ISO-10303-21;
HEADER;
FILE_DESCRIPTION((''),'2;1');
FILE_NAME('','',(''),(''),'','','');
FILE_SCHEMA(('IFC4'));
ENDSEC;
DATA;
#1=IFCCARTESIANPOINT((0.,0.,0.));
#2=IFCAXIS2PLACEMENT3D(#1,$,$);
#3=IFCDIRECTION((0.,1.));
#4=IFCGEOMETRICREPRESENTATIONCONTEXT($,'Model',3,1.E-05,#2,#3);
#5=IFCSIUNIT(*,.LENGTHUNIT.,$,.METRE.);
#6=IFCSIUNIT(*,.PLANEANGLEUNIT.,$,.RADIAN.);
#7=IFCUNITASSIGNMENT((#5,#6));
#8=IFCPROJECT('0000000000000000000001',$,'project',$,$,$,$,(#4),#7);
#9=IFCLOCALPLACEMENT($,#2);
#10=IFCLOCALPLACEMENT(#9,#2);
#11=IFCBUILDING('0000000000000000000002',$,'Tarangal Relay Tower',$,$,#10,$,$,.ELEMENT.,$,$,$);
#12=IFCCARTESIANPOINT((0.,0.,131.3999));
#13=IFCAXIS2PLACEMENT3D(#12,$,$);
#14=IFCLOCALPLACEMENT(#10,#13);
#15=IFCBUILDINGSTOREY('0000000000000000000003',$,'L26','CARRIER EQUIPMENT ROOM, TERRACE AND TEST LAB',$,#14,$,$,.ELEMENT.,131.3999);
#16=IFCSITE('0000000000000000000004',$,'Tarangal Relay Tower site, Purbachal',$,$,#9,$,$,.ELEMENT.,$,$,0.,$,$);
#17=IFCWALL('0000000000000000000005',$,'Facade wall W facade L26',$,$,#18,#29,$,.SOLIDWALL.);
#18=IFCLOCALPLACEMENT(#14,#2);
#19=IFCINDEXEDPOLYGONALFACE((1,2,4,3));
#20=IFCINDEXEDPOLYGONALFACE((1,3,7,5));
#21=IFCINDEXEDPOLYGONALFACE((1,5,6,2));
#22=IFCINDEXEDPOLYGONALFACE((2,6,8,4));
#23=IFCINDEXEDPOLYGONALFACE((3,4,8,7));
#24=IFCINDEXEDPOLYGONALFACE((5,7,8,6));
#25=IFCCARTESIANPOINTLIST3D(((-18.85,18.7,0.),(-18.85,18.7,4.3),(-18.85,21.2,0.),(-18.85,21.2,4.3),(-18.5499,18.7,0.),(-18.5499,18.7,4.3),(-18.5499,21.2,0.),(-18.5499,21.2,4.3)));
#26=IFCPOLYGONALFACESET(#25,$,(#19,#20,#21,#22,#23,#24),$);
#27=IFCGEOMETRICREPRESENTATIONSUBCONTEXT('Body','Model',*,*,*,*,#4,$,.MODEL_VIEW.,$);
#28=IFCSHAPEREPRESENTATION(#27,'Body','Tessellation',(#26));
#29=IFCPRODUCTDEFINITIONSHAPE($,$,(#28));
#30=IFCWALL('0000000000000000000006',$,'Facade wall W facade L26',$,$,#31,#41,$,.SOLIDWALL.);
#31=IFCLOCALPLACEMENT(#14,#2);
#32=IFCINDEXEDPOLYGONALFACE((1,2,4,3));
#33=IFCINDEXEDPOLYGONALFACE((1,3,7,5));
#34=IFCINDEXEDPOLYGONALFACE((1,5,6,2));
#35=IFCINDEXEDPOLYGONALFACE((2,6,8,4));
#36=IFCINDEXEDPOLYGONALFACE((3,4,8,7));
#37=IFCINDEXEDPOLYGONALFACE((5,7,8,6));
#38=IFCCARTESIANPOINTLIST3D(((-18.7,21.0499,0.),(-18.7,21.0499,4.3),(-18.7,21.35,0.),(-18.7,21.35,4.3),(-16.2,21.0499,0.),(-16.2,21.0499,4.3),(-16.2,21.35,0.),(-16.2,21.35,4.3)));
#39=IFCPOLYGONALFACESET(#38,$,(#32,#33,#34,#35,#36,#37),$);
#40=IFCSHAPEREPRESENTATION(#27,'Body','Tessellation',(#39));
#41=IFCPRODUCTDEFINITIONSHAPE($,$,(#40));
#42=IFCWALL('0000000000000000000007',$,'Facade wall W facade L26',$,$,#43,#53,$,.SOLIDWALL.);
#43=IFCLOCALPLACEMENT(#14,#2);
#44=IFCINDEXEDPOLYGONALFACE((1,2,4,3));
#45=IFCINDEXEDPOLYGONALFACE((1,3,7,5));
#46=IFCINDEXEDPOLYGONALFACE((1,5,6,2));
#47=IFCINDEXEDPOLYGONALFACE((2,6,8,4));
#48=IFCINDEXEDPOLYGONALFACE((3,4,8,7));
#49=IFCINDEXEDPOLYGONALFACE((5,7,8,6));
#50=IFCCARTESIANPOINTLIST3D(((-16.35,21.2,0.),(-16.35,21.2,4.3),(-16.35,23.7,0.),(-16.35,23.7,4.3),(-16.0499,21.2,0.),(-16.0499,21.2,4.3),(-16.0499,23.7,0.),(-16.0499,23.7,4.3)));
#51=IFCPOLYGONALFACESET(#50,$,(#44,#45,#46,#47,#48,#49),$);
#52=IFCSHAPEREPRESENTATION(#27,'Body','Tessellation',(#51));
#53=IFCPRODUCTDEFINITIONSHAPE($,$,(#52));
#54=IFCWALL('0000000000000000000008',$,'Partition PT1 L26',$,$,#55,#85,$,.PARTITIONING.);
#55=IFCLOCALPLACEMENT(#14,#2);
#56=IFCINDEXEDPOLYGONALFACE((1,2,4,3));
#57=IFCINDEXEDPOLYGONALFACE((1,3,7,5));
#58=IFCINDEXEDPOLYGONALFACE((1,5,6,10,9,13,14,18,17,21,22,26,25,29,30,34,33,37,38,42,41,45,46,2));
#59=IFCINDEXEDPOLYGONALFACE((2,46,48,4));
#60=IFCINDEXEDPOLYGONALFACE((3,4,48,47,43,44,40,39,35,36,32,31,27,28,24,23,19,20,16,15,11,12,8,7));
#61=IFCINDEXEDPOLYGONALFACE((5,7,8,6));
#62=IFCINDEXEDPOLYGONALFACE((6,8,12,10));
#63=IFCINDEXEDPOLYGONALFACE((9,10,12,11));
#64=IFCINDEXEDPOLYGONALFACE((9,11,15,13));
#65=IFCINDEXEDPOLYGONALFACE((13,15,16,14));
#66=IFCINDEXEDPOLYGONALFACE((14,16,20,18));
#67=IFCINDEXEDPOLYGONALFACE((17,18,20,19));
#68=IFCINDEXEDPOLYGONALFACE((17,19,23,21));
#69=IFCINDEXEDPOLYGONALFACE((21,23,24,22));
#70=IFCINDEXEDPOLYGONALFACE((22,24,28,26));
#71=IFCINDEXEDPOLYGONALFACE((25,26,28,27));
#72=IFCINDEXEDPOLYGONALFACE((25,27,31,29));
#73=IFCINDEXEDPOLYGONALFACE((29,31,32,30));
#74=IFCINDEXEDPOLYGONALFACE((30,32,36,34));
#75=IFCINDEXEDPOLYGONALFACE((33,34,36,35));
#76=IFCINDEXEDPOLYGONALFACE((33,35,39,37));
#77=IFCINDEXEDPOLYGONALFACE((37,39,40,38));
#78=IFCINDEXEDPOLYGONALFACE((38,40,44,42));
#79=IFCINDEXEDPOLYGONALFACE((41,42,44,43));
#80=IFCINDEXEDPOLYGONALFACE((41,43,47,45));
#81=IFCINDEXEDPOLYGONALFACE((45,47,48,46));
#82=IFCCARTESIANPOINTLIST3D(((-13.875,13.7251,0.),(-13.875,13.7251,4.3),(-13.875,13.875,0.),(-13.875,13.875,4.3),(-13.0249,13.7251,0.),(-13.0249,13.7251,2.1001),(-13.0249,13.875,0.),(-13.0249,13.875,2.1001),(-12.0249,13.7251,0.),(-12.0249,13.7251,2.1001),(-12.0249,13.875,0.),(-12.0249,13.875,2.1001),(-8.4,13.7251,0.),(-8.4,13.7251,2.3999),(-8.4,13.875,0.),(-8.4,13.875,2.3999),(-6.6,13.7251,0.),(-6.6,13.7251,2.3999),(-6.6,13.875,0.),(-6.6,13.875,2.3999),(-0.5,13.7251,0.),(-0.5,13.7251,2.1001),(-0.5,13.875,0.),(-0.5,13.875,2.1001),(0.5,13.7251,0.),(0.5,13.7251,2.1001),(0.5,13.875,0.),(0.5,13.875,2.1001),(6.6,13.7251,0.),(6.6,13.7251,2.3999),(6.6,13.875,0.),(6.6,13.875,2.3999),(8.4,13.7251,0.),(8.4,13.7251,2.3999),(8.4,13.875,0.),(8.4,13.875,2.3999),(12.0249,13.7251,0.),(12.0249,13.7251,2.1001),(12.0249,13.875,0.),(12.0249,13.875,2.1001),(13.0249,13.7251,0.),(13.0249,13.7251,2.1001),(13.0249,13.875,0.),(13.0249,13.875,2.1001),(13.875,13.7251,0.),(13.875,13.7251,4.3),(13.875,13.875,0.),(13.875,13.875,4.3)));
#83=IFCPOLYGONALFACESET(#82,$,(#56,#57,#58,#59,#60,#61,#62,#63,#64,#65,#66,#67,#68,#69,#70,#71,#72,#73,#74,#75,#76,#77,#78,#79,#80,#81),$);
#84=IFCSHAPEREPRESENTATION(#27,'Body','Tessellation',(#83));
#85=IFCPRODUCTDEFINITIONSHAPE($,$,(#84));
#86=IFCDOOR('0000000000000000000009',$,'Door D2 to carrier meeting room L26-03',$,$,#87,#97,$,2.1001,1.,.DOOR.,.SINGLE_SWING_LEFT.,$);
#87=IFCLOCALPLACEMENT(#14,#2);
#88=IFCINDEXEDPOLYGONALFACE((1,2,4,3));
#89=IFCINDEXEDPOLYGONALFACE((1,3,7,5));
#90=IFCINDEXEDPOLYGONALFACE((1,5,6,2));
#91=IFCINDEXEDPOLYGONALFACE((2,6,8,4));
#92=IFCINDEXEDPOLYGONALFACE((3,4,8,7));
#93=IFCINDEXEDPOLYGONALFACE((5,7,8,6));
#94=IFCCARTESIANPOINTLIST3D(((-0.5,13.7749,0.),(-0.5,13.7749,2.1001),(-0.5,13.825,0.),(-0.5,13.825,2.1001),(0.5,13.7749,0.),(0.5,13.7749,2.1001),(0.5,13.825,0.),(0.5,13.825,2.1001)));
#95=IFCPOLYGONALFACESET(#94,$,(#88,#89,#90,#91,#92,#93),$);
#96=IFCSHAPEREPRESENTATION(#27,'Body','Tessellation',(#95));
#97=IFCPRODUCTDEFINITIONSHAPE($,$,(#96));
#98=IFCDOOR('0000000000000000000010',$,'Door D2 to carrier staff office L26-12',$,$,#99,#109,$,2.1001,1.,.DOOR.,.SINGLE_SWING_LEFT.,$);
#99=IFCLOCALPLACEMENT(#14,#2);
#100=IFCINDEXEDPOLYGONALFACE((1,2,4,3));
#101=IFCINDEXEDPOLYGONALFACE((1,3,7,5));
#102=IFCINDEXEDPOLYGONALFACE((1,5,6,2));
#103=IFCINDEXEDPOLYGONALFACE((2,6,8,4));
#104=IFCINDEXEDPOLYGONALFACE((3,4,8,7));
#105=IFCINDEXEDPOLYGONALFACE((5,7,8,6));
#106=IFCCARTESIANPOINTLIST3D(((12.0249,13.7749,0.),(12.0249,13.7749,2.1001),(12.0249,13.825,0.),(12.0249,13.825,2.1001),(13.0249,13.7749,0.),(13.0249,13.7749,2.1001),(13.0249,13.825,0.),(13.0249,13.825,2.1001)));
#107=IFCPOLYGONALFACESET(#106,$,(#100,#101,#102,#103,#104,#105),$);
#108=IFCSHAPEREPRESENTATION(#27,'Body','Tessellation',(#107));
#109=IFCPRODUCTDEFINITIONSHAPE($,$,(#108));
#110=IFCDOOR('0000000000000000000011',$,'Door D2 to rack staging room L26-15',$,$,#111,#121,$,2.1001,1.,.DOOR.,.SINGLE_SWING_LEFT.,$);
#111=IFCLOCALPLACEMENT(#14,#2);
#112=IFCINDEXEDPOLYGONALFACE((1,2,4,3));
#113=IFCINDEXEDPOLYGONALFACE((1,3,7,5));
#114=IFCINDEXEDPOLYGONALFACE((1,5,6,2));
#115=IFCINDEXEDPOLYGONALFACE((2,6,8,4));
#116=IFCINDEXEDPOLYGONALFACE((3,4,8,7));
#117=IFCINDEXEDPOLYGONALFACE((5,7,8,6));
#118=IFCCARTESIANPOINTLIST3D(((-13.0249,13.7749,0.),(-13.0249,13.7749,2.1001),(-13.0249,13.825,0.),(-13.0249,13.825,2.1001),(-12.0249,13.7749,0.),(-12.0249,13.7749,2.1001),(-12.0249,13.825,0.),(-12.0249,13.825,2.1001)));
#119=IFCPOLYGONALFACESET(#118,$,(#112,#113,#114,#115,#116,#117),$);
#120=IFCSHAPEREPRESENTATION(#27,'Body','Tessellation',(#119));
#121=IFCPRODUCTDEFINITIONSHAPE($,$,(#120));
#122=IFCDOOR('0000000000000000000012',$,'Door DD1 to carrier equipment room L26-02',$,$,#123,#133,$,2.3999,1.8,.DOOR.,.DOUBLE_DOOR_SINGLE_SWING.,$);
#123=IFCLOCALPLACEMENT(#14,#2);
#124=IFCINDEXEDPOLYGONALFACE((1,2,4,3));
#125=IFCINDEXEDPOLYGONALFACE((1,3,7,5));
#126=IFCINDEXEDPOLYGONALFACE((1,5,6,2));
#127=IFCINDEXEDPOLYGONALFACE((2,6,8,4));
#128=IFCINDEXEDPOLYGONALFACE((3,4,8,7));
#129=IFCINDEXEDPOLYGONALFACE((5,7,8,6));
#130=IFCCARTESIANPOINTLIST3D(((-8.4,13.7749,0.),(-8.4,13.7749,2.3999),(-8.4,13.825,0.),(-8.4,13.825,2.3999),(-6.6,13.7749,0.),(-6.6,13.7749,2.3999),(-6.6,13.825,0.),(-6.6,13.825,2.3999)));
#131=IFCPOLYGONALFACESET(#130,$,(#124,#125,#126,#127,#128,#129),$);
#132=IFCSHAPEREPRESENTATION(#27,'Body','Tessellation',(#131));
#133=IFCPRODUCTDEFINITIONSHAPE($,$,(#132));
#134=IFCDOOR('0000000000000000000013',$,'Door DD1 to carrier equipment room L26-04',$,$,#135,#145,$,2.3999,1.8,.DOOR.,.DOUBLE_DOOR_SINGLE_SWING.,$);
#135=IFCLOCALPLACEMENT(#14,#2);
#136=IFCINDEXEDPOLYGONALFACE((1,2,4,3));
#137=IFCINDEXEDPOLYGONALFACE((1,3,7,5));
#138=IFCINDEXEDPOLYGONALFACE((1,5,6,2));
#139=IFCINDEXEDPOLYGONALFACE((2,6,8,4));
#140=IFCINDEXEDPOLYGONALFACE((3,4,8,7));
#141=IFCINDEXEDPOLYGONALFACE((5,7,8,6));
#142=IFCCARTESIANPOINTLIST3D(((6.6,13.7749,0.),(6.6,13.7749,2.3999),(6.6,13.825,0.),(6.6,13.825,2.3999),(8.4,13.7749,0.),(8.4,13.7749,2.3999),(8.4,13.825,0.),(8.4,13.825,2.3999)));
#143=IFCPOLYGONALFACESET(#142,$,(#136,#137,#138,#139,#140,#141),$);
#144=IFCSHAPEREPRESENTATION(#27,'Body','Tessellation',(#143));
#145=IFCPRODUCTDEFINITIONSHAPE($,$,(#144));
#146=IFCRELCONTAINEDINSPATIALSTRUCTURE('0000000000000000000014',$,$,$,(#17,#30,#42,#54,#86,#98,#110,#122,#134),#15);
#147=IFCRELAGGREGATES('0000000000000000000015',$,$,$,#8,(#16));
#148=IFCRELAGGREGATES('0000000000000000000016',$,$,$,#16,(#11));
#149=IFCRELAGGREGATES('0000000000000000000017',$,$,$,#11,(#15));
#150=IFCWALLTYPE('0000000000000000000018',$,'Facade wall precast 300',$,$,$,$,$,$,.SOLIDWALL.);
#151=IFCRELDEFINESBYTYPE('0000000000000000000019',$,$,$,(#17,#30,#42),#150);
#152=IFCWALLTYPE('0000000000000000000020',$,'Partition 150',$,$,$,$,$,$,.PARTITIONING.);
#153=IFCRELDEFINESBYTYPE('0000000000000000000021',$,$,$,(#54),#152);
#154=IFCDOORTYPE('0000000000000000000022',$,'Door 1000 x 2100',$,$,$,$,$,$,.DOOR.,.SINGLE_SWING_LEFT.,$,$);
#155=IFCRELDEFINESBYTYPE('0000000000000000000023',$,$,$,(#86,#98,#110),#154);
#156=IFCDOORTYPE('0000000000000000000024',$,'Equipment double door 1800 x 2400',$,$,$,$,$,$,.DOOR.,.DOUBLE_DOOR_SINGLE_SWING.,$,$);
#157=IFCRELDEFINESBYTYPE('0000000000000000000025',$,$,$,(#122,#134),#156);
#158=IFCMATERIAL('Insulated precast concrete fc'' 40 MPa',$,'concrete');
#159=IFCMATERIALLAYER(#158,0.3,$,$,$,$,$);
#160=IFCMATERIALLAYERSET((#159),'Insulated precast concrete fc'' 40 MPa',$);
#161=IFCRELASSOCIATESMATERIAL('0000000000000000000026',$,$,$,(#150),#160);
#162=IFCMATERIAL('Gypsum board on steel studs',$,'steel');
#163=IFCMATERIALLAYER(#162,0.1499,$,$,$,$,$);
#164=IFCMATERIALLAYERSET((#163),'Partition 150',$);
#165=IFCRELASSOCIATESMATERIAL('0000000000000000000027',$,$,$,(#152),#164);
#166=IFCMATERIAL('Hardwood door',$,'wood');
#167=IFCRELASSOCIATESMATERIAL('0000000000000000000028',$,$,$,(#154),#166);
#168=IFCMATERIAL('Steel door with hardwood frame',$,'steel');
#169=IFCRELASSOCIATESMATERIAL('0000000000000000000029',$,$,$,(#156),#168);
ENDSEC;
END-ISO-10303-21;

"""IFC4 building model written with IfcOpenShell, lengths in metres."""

from ifc_helpers import new_model, si_unit, direction, frame, frame_2d, origin, place, context, subcontext, project, spatial, rectangle, extrude, material, layer, layer_set, type_object, element, fill, save


model = new_model("IFC4")

# Units and contexts
model_context = context("Model", 3, precision=1e-05, world=origin(), true_north=direction((0.0, 1.0)))
body_context = subcontext(model_context, "Body", "Model", "MODEL_VIEW")
ifc_project = project(units=[si_unit("LENGTHUNIT", "METRE"), si_unit("PLANEANGLEUNIT", "RADIAN")], contexts=[model_context])

# Site, building, storey
site_placement = place(None, origin())
site = spatial("IfcSite", under=ifc_project, at=site_placement, Name="Tarangal Relay Tower site, Purbachal", CompositionType="ELEMENT", RefElevation=0.0)
building_placement = place(site_placement, origin())
building = spatial("IfcBuilding", under=site, at=building_placement, Name="Tarangal Relay Tower", CompositionType="ELEMENT")
storey_placement = place(building_placement, frame((0.0, 0.0, 131.3999)))
storey = spatial("IfcBuildingStorey", under=building, at=storey_placement, Name="L26", Description="CARRIER EQUIPMENT ROOM, TERRACE AND TEST LAB", CompositionType="ELEMENT", Elevation=131.3999)

# Shared definitions
ifc_material_1 = material(Name="Insulated precast concrete fc' 40 MPa", Category="concrete")
ifc_layer_1 = layer(ifc_material_1, 0.3)
ifc_layer_set_1 = layer_set([ifc_layer_1], Name="Insulated precast concrete fc' 40 MPa")
wall_type_1 = type_object("IfcWallType", Name="Facade wall precast 300", PredefinedType="SOLIDWALL", material=ifc_layer_set_1)

# Walls
for number, where, z_axis, x_axis, name in (
    (1, (-18.7, 18.7, 0.0), (0.0, 0.0, 1.0), (0.0, 1.0, 0.0), "Facade wall W facade L26"),
    (2, (-18.7, 21.2, 0.0), (0.0, 0.0, 1.0), (1.0, 0.0, 0.0), "Facade wall W facade L26"),
    (3, (-16.2, 21.2, 0.0), (0.0, 0.0, 1.0), (0.0, 1.0, 0.0), "Facade wall W facade L26"),
):
    element("IfcWall", number, at=place(storey_placement, frame(where, z_axis=z_axis, x_axis=x_axis)), inside=storey, type_object=wall_type_1, Name=name, PredefinedType="SOLIDWALL", context=body_context, shape_type="SweptSolid", body=[
        extrude(rectangle(XDim=2.5, YDim=0.3, at=frame_2d((1.25, 0.0))), origin(), (0.0, 0.0, 1.0), 4.3),
    ])

# Wall, openings, doors
ifc_material_2 = material(Name="Gypsum board on steel studs", Category="steel")
ifc_layer_2 = layer(ifc_material_2, 0.1499)
ifc_layer_set_2 = layer_set([ifc_layer_2], Name="Partition 150")
wall_type_2 = type_object("IfcWallType", Name="Partition 150", PredefinedType="PARTITIONING", material=ifc_layer_set_2)
wall_1_placement = place(storey_placement, frame((-13.875, 13.8, 0.0), z_axis=(0.0, 0.0, 1.0), x_axis=(1.0, 0.0, 0.0)))
wall_1 = element("IfcWall", 4, at=wall_1_placement, inside=storey, type_object=wall_type_2, Name="Partition PT1 L26", PredefinedType="PARTITIONING", context=body_context, shape_type="SweptSolid", body=[
    extrude(rectangle(XDim=27.75, YDim=0.1499, at=frame_2d((13.875, 0.0))), origin(), (0.0, 0.0, 1.0), 4.3),
])
opening_1_placement = place(wall_1_placement, frame((5.4751, 0.0, 0.0)))
opening_1 = element("IfcOpeningElement", 5, at=opening_1_placement, cuts=wall_1, PredefinedType="OPENING", context=body_context, shape_type="SweptSolid", body=[
    extrude(rectangle(XDim=1.8, YDim=2.3999, at=frame_2d((0.8999, 1.2))), frame((0.0, 0.085, 0.0), z_axis=(0.0, -1.0, 0.0), x_axis=(1.0, 0.0, 0.0)), (0.0, 0.0, 1.0), 0.1699),
])
opening_2_placement = place(wall_1_placement, frame((13.375, 0.0, 0.0)))
opening_2 = element("IfcOpeningElement", 6, at=opening_2_placement, cuts=wall_1, PredefinedType="OPENING", context=body_context, shape_type="SweptSolid", body=[
    extrude(rectangle(XDim=1.0, YDim=2.1001, at=frame_2d((0.5, 1.05))), frame((0.0, 0.085, 0.0), z_axis=(0.0, -1.0, 0.0), x_axis=(1.0, 0.0, 0.0)), (0.0, 0.0, 1.0), 0.1699),
])
opening_3_placement = place(wall_1_placement, frame((20.4751, 0.0, 0.0)))
opening_3 = element("IfcOpeningElement", 7, at=opening_3_placement, cuts=wall_1, PredefinedType="OPENING", context=body_context, shape_type="SweptSolid", body=[
    extrude(rectangle(XDim=1.8, YDim=2.3999, at=frame_2d((0.8999, 1.2))), frame((0.0, 0.085, 0.0), z_axis=(0.0, -1.0, 0.0), x_axis=(1.0, 0.0, 0.0)), (0.0, 0.0, 1.0), 0.1699),
])
opening_4_placement = place(wall_1_placement, frame((25.8999, 0.0, 0.0)))
opening_4 = element("IfcOpeningElement", 8, at=opening_4_placement, cuts=wall_1, PredefinedType="OPENING", context=body_context, shape_type="SweptSolid", body=[
    extrude(rectangle(XDim=1.0, YDim=2.1001, at=frame_2d((0.5, 1.05))), frame((0.0, 0.085, 0.0), z_axis=(0.0, -1.0, 0.0), x_axis=(1.0, 0.0, 0.0)), (0.0, 0.0, 1.0), 0.1699),
])
opening_5_placement = place(wall_1_placement, frame((0.8501, 0.0, 0.0)))
opening_5 = element("IfcOpeningElement", 9, at=opening_5_placement, cuts=wall_1, PredefinedType="OPENING", context=body_context, shape_type="SweptSolid", body=[
    extrude(rectangle(XDim=1.0, YDim=2.1001, at=frame_2d((0.5, 1.05))), frame((0.0, 0.085, 0.0), z_axis=(0.0, -1.0, 0.0), x_axis=(1.0, 0.0, 0.0)), (0.0, 0.0, 1.0), 0.1699),
])
ifc_material_3 = material(Name="Hardwood door", Category="wood")
door_type_1 = type_object("IfcDoorType", Name="Door 1000 x 2100", OperationType="SINGLE_SWING_LEFT", PredefinedType="DOOR", material=ifc_material_3)
door_1_placement = place(opening_2_placement, origin())
door_1 = element("IfcDoor", 10, at=door_1_placement, inside=storey, type_object=door_type_1, Name="Door D2 to carrier meeting room L26-03", OperationType="SINGLE_SWING_LEFT", OverallHeight=2.1001, OverallWidth=1.0, PredefinedType="DOOR", context=body_context, shape_type="SweptSolid", body=[
    extrude(rectangle(XDim=1.0, YDim=2.1001, at=frame_2d((0.5, 1.05))), frame((0.0, 0.0249, 0.0), z_axis=(0.0, -1.0, 0.0), x_axis=(1.0, 0.0, 0.0)), (0.0, 0.0, 1.0), 0.05),
])
fill(opening_2, door_1)
door_2_placement = place(opening_4_placement, origin())
door_2 = element("IfcDoor", 11, at=door_2_placement, inside=storey, type_object=door_type_1, Name="Door D2 to carrier staff office L26-12", OperationType="SINGLE_SWING_LEFT", OverallHeight=2.1001, OverallWidth=1.0, PredefinedType="DOOR", context=body_context, shape_type="SweptSolid", body=[
    extrude(rectangle(XDim=1.0, YDim=2.1001, at=frame_2d((0.5, 1.05))), frame((0.0, 0.0249, 0.0), z_axis=(0.0, -1.0, 0.0), x_axis=(1.0, 0.0, 0.0)), (0.0, 0.0, 1.0), 0.05),
])
fill(opening_4, door_2)
door_3_placement = place(opening_5_placement, origin())
door_3 = element("IfcDoor", 12, at=door_3_placement, inside=storey, type_object=door_type_1, Name="Door D2 to rack staging room L26-15", OperationType="SINGLE_SWING_LEFT", OverallHeight=2.1001, OverallWidth=1.0, PredefinedType="DOOR", context=body_context, shape_type="SweptSolid", body=[
    extrude(rectangle(XDim=1.0, YDim=2.1001, at=frame_2d((0.5, 1.05))), frame((0.0, 0.0249, 0.0), z_axis=(0.0, -1.0, 0.0), x_axis=(1.0, 0.0, 0.0)), (0.0, 0.0, 1.0), 0.05),
])
fill(opening_5, door_3)
ifc_material_4 = material(Name="Steel door with hardwood frame", Category="steel")
door_type_2 = type_object("IfcDoorType", Name="Equipment double door 1800 x 2400", OperationType="DOUBLE_DOOR_SINGLE_SWING", PredefinedType="DOOR", material=ifc_material_4)
door_4_placement = place(opening_1_placement, origin())
door_4 = element("IfcDoor", 13, at=door_4_placement, inside=storey, type_object=door_type_2, Name="Door DD1 to carrier equipment room L26-02", OperationType="DOUBLE_DOOR_SINGLE_SWING", OverallHeight=2.3999, OverallWidth=1.8, PredefinedType="DOOR", context=body_context, shape_type="SweptSolid", body=[
    extrude(rectangle(XDim=1.8, YDim=2.3999, at=frame_2d((0.8999, 1.2))), frame((0.0, 0.0249, 0.0), z_axis=(0.0, -1.0, 0.0), x_axis=(1.0, 0.0, 0.0)), (0.0, 0.0, 1.0), 0.05),
])
fill(opening_1, door_4)
door_5_placement = place(opening_3_placement, origin())
door_5 = element("IfcDoor", 14, at=door_5_placement, inside=storey, type_object=door_type_2, Name="Door DD1 to carrier equipment room L26-04", OperationType="DOUBLE_DOOR_SINGLE_SWING", OverallHeight=2.3999, OverallWidth=1.8, PredefinedType="DOOR", context=body_context, shape_type="SweptSolid", body=[
    extrude(rectangle(XDim=1.8, YDim=2.3999, at=frame_2d((0.8999, 1.2))), frame((0.0, 0.0249, 0.0), z_axis=(0.0, -1.0, 0.0), x_axis=(1.0, 0.0, 0.0)), (0.0, 0.0, 1.0), 0.05),
])
fill(opening_3, door_5)

save(model, "model.ifc")
